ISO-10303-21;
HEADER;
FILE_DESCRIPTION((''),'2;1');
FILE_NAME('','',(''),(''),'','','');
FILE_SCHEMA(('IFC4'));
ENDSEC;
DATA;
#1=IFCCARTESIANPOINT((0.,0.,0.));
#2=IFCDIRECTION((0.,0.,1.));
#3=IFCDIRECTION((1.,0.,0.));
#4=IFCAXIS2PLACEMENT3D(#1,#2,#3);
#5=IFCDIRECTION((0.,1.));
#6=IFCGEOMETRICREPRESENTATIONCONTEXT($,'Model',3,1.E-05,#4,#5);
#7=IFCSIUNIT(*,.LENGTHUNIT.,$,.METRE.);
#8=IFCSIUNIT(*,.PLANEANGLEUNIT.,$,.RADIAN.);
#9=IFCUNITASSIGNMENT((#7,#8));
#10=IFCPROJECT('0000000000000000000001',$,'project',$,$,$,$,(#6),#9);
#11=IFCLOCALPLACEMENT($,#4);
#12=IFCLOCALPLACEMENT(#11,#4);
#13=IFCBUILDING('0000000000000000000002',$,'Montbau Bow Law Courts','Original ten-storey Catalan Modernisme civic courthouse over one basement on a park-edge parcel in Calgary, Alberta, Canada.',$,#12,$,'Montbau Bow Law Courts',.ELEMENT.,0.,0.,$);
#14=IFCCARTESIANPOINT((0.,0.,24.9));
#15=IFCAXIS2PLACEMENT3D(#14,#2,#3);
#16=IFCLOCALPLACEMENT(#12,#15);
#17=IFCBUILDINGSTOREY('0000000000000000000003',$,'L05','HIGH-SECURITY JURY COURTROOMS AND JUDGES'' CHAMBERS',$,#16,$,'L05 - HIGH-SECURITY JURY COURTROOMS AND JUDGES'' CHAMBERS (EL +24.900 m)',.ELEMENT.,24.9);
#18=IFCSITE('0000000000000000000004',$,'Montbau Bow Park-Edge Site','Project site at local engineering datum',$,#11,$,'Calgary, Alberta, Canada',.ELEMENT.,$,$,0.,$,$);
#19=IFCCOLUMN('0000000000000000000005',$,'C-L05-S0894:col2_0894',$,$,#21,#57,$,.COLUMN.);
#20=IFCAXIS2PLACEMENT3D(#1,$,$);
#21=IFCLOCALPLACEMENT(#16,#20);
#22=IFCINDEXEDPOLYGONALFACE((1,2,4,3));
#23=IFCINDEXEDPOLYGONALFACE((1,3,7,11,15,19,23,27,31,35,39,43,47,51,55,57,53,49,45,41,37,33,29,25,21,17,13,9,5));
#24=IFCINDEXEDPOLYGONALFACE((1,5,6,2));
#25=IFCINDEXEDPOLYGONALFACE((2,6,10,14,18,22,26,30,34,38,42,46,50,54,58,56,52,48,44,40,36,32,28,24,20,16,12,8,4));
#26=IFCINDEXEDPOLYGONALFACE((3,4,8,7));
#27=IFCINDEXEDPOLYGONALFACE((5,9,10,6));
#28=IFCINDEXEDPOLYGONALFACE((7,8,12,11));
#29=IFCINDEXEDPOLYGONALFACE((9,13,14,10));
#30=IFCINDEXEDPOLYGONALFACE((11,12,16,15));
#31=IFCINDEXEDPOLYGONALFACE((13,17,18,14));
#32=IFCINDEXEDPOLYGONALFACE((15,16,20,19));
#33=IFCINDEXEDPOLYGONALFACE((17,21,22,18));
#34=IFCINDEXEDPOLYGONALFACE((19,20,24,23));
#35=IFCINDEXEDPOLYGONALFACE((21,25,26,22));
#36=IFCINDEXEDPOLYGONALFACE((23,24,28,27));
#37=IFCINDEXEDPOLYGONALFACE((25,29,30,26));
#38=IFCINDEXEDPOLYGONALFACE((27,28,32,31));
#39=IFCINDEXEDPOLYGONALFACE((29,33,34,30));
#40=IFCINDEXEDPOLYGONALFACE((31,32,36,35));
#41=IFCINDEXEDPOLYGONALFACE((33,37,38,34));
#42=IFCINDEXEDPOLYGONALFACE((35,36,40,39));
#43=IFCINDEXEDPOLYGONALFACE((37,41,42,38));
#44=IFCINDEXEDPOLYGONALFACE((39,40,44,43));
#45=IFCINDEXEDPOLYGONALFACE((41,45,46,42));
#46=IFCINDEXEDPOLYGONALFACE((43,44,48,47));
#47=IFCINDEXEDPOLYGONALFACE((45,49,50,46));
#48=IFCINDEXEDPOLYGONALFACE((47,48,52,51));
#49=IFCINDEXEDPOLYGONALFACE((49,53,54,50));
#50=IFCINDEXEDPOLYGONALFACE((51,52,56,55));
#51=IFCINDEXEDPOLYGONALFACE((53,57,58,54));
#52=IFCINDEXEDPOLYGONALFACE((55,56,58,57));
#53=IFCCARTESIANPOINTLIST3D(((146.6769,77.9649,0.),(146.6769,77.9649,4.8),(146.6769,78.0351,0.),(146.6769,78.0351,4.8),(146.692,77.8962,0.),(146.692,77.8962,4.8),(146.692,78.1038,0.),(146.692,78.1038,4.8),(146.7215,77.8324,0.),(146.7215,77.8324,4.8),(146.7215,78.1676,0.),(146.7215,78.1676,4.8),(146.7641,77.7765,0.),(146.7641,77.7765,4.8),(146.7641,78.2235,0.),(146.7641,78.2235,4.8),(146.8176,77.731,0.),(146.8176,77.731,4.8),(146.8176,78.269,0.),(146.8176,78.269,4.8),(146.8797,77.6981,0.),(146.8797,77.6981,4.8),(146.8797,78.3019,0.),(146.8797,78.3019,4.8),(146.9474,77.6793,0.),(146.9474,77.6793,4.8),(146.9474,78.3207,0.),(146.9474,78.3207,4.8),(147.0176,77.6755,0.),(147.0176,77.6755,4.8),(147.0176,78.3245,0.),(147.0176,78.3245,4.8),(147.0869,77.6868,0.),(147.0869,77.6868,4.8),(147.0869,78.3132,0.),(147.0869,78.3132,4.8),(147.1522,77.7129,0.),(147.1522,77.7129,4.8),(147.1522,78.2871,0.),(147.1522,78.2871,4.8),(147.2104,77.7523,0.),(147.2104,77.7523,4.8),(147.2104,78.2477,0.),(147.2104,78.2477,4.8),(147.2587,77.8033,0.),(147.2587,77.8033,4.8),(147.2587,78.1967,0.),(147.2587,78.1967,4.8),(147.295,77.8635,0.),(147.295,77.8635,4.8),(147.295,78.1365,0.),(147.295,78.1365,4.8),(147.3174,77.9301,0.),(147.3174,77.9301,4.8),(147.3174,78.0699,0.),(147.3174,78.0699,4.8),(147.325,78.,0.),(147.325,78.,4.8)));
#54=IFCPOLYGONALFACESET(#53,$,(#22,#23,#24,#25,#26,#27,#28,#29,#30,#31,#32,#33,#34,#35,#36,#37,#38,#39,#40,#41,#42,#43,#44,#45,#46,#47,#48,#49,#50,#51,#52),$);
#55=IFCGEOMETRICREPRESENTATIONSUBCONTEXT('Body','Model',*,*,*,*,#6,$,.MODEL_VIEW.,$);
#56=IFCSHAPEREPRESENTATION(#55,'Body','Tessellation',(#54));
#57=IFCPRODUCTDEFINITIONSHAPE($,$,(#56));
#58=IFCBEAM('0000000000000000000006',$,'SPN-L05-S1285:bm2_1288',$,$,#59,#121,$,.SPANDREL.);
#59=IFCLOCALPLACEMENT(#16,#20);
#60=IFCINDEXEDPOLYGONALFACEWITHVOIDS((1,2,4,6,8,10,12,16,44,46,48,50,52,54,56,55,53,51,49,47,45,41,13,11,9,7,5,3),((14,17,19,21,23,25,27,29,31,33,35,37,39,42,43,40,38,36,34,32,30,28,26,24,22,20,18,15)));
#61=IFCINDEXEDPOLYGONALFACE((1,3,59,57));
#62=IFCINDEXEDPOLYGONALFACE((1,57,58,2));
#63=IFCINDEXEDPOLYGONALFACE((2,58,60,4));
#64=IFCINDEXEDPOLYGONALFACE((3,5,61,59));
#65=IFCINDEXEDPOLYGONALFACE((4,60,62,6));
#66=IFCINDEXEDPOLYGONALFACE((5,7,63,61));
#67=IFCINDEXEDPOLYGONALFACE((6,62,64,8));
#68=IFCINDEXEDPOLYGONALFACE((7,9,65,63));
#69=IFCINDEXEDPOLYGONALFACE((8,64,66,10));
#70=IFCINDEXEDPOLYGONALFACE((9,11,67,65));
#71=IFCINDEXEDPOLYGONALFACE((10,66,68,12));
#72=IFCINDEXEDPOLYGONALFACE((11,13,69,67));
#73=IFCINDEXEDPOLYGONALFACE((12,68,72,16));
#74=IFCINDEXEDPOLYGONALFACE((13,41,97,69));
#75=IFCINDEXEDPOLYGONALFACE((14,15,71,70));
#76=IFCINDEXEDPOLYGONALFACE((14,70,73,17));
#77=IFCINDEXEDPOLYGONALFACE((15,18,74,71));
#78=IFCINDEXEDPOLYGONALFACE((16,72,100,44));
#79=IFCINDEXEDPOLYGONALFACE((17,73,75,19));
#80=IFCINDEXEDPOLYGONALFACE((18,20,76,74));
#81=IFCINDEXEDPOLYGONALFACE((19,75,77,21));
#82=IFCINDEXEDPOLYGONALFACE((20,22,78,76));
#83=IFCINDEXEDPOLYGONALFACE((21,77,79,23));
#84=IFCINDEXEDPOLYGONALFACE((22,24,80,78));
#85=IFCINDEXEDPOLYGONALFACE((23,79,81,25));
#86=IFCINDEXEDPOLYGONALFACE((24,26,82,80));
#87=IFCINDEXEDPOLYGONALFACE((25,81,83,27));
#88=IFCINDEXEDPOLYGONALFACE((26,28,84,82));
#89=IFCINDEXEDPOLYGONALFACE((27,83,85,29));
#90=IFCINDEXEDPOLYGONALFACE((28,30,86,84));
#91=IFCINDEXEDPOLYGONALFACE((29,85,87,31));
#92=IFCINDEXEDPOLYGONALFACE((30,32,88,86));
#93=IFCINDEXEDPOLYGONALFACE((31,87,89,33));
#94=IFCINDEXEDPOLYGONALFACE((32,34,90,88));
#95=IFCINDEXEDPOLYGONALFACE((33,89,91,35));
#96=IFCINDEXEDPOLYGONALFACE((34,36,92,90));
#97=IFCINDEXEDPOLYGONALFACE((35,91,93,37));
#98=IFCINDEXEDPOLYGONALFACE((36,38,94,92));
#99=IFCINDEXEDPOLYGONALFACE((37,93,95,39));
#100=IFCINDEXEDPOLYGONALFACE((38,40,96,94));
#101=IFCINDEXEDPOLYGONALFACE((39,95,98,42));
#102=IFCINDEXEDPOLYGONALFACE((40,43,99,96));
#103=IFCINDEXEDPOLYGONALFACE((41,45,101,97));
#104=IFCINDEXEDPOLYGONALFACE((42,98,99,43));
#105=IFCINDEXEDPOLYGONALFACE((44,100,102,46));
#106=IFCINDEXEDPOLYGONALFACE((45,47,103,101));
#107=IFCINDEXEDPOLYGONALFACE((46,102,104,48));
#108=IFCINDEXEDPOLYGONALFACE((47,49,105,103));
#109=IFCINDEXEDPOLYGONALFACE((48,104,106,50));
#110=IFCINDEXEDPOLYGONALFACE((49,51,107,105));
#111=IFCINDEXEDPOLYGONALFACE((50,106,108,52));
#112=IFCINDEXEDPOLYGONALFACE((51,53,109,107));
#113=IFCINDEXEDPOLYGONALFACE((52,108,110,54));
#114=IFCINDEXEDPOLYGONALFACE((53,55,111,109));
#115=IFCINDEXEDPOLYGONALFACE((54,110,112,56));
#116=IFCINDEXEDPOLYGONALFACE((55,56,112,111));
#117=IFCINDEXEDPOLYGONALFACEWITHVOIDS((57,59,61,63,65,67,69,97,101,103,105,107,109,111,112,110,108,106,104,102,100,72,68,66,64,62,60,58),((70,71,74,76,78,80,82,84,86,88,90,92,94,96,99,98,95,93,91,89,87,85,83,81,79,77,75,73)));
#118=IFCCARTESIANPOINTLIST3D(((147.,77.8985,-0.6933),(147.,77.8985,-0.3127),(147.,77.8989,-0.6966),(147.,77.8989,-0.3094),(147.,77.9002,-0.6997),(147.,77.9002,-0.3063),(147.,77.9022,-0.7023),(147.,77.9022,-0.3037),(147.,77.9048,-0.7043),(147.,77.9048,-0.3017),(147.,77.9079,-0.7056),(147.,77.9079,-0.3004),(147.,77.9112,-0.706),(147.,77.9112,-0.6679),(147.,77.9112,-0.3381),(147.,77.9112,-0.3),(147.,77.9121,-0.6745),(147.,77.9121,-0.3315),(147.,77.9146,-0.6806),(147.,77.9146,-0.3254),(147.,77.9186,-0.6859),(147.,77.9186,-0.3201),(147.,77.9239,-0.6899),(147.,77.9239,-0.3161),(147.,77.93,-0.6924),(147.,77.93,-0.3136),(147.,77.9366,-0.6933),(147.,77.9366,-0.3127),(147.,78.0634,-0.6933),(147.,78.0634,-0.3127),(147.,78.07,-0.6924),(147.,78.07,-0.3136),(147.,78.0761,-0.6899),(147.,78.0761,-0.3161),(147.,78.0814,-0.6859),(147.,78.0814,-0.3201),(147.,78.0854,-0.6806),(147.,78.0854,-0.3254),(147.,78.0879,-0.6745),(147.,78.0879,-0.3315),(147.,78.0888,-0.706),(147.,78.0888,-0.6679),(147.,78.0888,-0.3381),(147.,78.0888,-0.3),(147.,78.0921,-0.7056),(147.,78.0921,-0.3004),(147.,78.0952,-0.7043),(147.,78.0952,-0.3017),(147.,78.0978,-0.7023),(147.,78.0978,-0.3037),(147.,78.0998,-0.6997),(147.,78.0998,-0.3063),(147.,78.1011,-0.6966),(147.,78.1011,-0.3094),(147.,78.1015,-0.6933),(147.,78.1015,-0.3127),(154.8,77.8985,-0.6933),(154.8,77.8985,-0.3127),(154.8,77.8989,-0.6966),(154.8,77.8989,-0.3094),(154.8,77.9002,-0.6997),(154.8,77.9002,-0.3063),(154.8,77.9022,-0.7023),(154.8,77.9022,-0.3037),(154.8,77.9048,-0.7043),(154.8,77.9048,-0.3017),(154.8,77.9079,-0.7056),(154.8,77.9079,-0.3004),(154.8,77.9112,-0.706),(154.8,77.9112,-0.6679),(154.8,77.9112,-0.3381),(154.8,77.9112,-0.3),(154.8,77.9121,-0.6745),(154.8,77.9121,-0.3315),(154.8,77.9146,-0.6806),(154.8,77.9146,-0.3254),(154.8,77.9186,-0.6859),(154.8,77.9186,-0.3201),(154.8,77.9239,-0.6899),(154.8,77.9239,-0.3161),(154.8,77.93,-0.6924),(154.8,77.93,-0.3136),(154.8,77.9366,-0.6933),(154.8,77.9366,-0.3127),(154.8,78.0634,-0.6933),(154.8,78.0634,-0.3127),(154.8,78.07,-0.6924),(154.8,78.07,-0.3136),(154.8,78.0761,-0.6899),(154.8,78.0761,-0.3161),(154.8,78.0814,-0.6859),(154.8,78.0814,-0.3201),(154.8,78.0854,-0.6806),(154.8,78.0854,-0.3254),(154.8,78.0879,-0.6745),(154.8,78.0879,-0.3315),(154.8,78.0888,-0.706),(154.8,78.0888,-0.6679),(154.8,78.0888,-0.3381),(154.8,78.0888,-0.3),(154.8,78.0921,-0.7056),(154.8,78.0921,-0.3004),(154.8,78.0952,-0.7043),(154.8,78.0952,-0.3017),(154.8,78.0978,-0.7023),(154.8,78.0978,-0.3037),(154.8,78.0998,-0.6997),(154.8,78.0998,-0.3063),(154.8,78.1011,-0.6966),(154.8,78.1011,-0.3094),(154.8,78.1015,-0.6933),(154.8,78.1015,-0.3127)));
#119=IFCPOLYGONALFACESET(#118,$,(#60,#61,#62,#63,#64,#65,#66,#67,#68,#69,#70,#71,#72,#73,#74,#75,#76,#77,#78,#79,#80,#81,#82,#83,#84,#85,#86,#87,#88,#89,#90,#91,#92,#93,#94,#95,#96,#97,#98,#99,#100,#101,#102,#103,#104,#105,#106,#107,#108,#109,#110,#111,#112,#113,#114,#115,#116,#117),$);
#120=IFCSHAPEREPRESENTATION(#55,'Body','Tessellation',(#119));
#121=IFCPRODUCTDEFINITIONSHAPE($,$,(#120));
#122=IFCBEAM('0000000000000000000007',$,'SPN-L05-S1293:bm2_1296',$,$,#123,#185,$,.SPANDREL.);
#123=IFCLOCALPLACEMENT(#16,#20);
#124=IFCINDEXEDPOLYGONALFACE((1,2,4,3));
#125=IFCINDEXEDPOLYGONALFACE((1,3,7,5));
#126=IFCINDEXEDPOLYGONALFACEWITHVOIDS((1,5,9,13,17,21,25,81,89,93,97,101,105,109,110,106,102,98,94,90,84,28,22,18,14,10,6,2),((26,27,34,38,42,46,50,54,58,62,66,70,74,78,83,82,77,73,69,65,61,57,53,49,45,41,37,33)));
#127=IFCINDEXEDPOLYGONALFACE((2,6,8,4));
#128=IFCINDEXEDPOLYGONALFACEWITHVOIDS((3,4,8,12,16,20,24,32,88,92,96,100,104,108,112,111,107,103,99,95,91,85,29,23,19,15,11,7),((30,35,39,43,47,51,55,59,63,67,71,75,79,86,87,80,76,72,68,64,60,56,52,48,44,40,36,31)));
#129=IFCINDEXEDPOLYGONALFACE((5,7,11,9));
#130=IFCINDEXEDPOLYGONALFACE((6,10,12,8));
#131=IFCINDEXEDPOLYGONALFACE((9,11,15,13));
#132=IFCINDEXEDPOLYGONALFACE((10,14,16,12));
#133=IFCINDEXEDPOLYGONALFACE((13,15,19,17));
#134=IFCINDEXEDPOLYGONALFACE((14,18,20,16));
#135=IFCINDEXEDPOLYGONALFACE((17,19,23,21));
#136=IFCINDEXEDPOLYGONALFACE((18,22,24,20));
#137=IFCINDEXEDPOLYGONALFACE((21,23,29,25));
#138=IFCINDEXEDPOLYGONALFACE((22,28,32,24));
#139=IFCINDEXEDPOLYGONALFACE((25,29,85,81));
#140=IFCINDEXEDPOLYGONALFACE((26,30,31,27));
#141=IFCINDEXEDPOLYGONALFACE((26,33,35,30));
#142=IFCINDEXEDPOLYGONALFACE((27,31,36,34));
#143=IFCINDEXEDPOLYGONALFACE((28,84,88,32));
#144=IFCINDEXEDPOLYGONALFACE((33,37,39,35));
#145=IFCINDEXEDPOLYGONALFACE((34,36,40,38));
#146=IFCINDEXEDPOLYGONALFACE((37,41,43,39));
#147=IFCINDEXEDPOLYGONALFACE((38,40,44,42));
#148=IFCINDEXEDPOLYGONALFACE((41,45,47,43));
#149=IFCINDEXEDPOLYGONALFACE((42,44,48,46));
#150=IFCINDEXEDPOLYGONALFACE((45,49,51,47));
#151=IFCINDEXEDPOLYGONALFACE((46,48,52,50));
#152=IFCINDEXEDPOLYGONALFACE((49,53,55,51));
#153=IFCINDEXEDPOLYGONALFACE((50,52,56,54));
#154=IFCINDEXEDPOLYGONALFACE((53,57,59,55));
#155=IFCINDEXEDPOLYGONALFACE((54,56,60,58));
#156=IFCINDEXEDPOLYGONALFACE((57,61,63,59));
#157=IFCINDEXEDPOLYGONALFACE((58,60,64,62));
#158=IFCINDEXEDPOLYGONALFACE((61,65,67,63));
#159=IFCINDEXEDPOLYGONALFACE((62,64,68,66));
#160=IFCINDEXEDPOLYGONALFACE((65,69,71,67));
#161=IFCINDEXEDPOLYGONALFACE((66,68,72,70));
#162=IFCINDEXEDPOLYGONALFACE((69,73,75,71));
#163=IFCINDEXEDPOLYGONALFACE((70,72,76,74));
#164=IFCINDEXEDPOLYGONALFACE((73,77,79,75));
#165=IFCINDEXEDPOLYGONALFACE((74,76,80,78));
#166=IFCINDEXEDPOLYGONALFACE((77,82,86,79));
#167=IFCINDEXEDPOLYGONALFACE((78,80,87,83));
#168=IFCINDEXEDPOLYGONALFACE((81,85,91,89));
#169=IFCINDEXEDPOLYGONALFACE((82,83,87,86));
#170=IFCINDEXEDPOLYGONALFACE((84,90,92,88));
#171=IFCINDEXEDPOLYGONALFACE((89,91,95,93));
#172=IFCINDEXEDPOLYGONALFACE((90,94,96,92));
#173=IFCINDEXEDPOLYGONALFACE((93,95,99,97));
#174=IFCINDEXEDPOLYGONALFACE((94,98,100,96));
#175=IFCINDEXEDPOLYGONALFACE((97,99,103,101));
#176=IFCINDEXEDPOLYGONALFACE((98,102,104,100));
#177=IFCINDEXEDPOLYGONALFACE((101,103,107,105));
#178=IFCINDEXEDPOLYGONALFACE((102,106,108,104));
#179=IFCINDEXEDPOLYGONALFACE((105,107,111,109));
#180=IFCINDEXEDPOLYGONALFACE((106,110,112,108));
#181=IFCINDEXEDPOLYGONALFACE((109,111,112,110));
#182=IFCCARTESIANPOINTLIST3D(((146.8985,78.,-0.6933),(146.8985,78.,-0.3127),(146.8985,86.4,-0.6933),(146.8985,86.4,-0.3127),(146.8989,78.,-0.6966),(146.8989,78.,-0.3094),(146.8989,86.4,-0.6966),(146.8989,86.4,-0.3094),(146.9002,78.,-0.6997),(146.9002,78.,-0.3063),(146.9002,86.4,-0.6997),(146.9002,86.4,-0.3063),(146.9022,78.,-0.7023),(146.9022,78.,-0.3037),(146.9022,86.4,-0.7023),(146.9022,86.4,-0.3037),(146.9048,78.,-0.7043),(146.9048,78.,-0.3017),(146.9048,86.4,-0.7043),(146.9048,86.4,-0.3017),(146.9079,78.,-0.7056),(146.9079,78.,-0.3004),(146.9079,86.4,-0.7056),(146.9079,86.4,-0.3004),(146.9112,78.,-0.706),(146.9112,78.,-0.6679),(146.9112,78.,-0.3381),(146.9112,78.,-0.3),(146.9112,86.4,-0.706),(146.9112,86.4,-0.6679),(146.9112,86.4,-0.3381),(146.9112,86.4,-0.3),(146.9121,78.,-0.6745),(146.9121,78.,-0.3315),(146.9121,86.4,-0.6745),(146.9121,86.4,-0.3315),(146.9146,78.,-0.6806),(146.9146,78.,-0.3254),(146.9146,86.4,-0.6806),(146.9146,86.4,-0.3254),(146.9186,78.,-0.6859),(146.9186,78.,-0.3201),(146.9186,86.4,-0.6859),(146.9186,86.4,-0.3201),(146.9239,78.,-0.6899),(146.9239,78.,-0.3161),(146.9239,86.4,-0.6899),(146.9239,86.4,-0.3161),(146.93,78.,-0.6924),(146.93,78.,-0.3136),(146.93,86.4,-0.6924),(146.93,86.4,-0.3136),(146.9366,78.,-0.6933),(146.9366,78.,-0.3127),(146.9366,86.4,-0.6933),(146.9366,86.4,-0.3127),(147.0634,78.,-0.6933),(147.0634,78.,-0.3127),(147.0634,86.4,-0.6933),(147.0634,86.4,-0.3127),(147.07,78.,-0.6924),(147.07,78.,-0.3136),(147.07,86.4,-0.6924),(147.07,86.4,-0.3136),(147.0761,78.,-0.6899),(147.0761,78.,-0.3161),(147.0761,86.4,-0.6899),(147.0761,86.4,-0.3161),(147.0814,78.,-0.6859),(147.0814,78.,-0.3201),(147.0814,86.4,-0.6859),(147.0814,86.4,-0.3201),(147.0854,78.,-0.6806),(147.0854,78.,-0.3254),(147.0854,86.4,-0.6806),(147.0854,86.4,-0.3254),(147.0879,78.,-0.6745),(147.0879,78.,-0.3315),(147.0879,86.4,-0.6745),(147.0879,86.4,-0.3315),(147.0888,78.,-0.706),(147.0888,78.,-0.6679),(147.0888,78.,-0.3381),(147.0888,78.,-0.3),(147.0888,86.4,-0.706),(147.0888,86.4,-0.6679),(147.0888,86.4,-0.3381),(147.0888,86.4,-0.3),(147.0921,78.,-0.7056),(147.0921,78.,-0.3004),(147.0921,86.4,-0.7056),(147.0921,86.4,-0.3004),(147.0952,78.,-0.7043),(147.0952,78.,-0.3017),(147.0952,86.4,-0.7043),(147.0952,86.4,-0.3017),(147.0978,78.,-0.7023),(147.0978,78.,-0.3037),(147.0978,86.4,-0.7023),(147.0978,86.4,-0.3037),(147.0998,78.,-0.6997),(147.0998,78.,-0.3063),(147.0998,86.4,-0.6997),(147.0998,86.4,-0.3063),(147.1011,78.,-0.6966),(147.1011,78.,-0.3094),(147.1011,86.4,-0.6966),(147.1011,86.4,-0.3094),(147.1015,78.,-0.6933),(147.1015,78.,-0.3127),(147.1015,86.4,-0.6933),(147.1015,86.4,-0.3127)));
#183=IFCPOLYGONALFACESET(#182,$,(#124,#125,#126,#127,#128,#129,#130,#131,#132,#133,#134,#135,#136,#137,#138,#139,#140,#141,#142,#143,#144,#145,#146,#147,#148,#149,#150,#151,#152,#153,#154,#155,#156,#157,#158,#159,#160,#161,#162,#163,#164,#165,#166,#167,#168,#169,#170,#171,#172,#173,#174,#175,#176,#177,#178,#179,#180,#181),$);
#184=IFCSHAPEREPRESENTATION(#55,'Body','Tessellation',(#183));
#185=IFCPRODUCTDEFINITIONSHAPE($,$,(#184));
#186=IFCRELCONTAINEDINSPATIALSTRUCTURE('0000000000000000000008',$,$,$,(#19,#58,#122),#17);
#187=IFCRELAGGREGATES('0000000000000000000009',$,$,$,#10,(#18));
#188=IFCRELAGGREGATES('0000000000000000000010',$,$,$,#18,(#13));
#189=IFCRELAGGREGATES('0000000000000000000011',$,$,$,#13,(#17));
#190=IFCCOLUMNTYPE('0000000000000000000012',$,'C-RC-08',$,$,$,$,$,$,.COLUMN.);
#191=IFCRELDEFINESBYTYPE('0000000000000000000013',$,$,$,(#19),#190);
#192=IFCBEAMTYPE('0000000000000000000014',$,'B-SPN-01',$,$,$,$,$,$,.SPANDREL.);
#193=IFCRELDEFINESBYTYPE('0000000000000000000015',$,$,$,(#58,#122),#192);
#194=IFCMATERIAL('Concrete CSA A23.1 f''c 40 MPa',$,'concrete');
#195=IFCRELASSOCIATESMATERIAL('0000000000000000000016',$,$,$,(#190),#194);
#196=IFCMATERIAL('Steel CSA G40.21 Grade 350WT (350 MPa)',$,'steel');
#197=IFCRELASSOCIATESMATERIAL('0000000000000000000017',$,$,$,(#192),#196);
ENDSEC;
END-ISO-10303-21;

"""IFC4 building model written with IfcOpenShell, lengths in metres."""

from ifc_helpers import new_model, si_unit, direction, frame, origin_with_axes, origin_2d_with_axis, place, context, subcontext, project, spatial, hollow_rectangle, circle, extrude, material, material_profile, profile_set, type_object, element, save


model = new_model("IFC4")

# Units and contexts
model_context = context("Model", 3, precision=1e-05, world=origin_with_axes(), true_north=direction((0.0, 1.0)))
body_context = subcontext(model_context, "Body", "Model", "MODEL_VIEW")
ifc_project = project(units=[si_unit("LENGTHUNIT", "METRE"), si_unit("PLANEANGLEUNIT", "RADIAN")], contexts=[model_context])

# Site, building, storey
site_placement = place(None, origin_with_axes())
site = spatial("IfcSite", under=ifc_project, at=site_placement, Name="Montbau Bow Park-Edge Site", Description="Project site at local engineering datum", LongName="Calgary, Alberta, Canada", CompositionType="ELEMENT", RefElevation=0.0)
building_placement = place(site_placement, origin_with_axes())
building = spatial("IfcBuilding", under=site, at=building_placement, Name="Montbau Bow Law Courts", Description="Original ten-storey Catalan Modernisme civic courthouse over one basement on a park-edge parcel in Calgary, Alberta, Canada.", LongName="Montbau Bow Law Courts", CompositionType="ELEMENT", ElevationOfRefHeight=0.0, ElevationOfTerrain=0.0)
storey_placement = place(building_placement, frame((0.0, 0.0, 24.9), z_axis=(0.0, 0.0, 1.0), x_axis=(1.0, 0.0, 0.0)))
storey = spatial("IfcBuildingStorey", under=building, at=storey_placement, Name="L05", Description="HIGH-SECURITY JURY COURTROOMS AND JUDGES' CHAMBERS", LongName="L05 - HIGH-SECURITY JURY COURTROOMS AND JUDGES' CHAMBERS (EL +24.900 m)", CompositionType="ELEMENT", Elevation=24.9)

# Column
ifc_material_1 = material(Name="Concrete CSA A23.1 f'c 40 MPa", Category="concrete")
ifc_material_profile_1 = material_profile(ifc_material_1, circle(Radius=0.325, at=origin_2d_with_axis()), Name="RC650D", Category="Main", Priority=0)
ifc_profile_set_1 = profile_set([ifc_material_profile_1], Name="Concrete CSA A23.1 f'c 40 MPa")
column_type = type_object("IfcColumnType", Name="C-RC-08", PredefinedType="COLUMN", material=ifc_profile_set_1)
column_placement = place(None, frame((147.0, 78.0, 24.9), z_axis=(0.0, 0.0, 1.0), x_axis=(1.0, 0.0, 0.0)))
element("IfcColumn", 1, at=column_placement, inside=storey, type_object=column_type, Name="C-L05-S0894:col2_0894", PredefinedType="COLUMN", context=body_context, shape_type="SweptSolid", body=[
    extrude(circle(Radius=0.325, at=origin_2d_with_axis()), origin_with_axes(), (0.0, 0.0, 1.0), 4.8),
])

# Beams
ifc_material_2 = material(Name="Steel CSA G40.21 Grade 350WT (350 MPa)", Category="steel")
ifc_material_profile_2 = material_profile(ifc_material_2, hollow_rectangle(XDim=0.203, YDim=0.406, WallThickness=0.0127, InnerFilletRadius=0.0254, OuterFilletRadius=0.0127, at=origin_2d_with_axis()), Name="HSS406X203X13", Category="Main", Priority=0)
ifc_profile_set_2 = profile_set([ifc_material_profile_2], Name="Steel CSA G40.21 Grade 350WT (350 MPa)")
beam_type = type_object("IfcBeamType", Name="B-SPN-01", PredefinedType="SPANDREL", material=ifc_profile_set_2)
beam_1_placement = place(None, frame((147.0, 78.0, 24.397), z_axis=(1.0, 0.0, 0.0), x_axis=(0.0, 1.0, 0.0)))
element("IfcBeam", 2, at=beam_1_placement, inside=storey, type_object=beam_type, Name="SPN-L05-S1285:bm2_1288", PredefinedType="SPANDREL", context=body_context, shape_type="SweptSolid", body=[
    extrude(hollow_rectangle(XDim=0.203, YDim=0.406, WallThickness=0.0127, InnerFilletRadius=0.0254, OuterFilletRadius=0.0127, at=origin_2d_with_axis()), origin_with_axes(), (0.0, 0.0, 1.0), 7.8),
])
beam_2_placement = place(None, frame((147.0, 78.0, 24.397), z_axis=(0.0, 1.0, 0.0), x_axis=(-1.0, 0.0, 0.0)))
element("IfcBeam", 3, at=beam_2_placement, inside=storey, type_object=beam_type, Name="SPN-L05-S1293:bm2_1296", PredefinedType="SPANDREL", context=body_context, shape_type="SweptSolid", body=[
    extrude(hollow_rectangle(XDim=0.203, YDim=0.406, WallThickness=0.0127, InnerFilletRadius=0.0254, OuterFilletRadius=0.0127, at=origin_2d_with_axis()), origin_with_axes(), (0.0, 0.0, 1.0), 8.4),
])

save(model, "model.ifc")
